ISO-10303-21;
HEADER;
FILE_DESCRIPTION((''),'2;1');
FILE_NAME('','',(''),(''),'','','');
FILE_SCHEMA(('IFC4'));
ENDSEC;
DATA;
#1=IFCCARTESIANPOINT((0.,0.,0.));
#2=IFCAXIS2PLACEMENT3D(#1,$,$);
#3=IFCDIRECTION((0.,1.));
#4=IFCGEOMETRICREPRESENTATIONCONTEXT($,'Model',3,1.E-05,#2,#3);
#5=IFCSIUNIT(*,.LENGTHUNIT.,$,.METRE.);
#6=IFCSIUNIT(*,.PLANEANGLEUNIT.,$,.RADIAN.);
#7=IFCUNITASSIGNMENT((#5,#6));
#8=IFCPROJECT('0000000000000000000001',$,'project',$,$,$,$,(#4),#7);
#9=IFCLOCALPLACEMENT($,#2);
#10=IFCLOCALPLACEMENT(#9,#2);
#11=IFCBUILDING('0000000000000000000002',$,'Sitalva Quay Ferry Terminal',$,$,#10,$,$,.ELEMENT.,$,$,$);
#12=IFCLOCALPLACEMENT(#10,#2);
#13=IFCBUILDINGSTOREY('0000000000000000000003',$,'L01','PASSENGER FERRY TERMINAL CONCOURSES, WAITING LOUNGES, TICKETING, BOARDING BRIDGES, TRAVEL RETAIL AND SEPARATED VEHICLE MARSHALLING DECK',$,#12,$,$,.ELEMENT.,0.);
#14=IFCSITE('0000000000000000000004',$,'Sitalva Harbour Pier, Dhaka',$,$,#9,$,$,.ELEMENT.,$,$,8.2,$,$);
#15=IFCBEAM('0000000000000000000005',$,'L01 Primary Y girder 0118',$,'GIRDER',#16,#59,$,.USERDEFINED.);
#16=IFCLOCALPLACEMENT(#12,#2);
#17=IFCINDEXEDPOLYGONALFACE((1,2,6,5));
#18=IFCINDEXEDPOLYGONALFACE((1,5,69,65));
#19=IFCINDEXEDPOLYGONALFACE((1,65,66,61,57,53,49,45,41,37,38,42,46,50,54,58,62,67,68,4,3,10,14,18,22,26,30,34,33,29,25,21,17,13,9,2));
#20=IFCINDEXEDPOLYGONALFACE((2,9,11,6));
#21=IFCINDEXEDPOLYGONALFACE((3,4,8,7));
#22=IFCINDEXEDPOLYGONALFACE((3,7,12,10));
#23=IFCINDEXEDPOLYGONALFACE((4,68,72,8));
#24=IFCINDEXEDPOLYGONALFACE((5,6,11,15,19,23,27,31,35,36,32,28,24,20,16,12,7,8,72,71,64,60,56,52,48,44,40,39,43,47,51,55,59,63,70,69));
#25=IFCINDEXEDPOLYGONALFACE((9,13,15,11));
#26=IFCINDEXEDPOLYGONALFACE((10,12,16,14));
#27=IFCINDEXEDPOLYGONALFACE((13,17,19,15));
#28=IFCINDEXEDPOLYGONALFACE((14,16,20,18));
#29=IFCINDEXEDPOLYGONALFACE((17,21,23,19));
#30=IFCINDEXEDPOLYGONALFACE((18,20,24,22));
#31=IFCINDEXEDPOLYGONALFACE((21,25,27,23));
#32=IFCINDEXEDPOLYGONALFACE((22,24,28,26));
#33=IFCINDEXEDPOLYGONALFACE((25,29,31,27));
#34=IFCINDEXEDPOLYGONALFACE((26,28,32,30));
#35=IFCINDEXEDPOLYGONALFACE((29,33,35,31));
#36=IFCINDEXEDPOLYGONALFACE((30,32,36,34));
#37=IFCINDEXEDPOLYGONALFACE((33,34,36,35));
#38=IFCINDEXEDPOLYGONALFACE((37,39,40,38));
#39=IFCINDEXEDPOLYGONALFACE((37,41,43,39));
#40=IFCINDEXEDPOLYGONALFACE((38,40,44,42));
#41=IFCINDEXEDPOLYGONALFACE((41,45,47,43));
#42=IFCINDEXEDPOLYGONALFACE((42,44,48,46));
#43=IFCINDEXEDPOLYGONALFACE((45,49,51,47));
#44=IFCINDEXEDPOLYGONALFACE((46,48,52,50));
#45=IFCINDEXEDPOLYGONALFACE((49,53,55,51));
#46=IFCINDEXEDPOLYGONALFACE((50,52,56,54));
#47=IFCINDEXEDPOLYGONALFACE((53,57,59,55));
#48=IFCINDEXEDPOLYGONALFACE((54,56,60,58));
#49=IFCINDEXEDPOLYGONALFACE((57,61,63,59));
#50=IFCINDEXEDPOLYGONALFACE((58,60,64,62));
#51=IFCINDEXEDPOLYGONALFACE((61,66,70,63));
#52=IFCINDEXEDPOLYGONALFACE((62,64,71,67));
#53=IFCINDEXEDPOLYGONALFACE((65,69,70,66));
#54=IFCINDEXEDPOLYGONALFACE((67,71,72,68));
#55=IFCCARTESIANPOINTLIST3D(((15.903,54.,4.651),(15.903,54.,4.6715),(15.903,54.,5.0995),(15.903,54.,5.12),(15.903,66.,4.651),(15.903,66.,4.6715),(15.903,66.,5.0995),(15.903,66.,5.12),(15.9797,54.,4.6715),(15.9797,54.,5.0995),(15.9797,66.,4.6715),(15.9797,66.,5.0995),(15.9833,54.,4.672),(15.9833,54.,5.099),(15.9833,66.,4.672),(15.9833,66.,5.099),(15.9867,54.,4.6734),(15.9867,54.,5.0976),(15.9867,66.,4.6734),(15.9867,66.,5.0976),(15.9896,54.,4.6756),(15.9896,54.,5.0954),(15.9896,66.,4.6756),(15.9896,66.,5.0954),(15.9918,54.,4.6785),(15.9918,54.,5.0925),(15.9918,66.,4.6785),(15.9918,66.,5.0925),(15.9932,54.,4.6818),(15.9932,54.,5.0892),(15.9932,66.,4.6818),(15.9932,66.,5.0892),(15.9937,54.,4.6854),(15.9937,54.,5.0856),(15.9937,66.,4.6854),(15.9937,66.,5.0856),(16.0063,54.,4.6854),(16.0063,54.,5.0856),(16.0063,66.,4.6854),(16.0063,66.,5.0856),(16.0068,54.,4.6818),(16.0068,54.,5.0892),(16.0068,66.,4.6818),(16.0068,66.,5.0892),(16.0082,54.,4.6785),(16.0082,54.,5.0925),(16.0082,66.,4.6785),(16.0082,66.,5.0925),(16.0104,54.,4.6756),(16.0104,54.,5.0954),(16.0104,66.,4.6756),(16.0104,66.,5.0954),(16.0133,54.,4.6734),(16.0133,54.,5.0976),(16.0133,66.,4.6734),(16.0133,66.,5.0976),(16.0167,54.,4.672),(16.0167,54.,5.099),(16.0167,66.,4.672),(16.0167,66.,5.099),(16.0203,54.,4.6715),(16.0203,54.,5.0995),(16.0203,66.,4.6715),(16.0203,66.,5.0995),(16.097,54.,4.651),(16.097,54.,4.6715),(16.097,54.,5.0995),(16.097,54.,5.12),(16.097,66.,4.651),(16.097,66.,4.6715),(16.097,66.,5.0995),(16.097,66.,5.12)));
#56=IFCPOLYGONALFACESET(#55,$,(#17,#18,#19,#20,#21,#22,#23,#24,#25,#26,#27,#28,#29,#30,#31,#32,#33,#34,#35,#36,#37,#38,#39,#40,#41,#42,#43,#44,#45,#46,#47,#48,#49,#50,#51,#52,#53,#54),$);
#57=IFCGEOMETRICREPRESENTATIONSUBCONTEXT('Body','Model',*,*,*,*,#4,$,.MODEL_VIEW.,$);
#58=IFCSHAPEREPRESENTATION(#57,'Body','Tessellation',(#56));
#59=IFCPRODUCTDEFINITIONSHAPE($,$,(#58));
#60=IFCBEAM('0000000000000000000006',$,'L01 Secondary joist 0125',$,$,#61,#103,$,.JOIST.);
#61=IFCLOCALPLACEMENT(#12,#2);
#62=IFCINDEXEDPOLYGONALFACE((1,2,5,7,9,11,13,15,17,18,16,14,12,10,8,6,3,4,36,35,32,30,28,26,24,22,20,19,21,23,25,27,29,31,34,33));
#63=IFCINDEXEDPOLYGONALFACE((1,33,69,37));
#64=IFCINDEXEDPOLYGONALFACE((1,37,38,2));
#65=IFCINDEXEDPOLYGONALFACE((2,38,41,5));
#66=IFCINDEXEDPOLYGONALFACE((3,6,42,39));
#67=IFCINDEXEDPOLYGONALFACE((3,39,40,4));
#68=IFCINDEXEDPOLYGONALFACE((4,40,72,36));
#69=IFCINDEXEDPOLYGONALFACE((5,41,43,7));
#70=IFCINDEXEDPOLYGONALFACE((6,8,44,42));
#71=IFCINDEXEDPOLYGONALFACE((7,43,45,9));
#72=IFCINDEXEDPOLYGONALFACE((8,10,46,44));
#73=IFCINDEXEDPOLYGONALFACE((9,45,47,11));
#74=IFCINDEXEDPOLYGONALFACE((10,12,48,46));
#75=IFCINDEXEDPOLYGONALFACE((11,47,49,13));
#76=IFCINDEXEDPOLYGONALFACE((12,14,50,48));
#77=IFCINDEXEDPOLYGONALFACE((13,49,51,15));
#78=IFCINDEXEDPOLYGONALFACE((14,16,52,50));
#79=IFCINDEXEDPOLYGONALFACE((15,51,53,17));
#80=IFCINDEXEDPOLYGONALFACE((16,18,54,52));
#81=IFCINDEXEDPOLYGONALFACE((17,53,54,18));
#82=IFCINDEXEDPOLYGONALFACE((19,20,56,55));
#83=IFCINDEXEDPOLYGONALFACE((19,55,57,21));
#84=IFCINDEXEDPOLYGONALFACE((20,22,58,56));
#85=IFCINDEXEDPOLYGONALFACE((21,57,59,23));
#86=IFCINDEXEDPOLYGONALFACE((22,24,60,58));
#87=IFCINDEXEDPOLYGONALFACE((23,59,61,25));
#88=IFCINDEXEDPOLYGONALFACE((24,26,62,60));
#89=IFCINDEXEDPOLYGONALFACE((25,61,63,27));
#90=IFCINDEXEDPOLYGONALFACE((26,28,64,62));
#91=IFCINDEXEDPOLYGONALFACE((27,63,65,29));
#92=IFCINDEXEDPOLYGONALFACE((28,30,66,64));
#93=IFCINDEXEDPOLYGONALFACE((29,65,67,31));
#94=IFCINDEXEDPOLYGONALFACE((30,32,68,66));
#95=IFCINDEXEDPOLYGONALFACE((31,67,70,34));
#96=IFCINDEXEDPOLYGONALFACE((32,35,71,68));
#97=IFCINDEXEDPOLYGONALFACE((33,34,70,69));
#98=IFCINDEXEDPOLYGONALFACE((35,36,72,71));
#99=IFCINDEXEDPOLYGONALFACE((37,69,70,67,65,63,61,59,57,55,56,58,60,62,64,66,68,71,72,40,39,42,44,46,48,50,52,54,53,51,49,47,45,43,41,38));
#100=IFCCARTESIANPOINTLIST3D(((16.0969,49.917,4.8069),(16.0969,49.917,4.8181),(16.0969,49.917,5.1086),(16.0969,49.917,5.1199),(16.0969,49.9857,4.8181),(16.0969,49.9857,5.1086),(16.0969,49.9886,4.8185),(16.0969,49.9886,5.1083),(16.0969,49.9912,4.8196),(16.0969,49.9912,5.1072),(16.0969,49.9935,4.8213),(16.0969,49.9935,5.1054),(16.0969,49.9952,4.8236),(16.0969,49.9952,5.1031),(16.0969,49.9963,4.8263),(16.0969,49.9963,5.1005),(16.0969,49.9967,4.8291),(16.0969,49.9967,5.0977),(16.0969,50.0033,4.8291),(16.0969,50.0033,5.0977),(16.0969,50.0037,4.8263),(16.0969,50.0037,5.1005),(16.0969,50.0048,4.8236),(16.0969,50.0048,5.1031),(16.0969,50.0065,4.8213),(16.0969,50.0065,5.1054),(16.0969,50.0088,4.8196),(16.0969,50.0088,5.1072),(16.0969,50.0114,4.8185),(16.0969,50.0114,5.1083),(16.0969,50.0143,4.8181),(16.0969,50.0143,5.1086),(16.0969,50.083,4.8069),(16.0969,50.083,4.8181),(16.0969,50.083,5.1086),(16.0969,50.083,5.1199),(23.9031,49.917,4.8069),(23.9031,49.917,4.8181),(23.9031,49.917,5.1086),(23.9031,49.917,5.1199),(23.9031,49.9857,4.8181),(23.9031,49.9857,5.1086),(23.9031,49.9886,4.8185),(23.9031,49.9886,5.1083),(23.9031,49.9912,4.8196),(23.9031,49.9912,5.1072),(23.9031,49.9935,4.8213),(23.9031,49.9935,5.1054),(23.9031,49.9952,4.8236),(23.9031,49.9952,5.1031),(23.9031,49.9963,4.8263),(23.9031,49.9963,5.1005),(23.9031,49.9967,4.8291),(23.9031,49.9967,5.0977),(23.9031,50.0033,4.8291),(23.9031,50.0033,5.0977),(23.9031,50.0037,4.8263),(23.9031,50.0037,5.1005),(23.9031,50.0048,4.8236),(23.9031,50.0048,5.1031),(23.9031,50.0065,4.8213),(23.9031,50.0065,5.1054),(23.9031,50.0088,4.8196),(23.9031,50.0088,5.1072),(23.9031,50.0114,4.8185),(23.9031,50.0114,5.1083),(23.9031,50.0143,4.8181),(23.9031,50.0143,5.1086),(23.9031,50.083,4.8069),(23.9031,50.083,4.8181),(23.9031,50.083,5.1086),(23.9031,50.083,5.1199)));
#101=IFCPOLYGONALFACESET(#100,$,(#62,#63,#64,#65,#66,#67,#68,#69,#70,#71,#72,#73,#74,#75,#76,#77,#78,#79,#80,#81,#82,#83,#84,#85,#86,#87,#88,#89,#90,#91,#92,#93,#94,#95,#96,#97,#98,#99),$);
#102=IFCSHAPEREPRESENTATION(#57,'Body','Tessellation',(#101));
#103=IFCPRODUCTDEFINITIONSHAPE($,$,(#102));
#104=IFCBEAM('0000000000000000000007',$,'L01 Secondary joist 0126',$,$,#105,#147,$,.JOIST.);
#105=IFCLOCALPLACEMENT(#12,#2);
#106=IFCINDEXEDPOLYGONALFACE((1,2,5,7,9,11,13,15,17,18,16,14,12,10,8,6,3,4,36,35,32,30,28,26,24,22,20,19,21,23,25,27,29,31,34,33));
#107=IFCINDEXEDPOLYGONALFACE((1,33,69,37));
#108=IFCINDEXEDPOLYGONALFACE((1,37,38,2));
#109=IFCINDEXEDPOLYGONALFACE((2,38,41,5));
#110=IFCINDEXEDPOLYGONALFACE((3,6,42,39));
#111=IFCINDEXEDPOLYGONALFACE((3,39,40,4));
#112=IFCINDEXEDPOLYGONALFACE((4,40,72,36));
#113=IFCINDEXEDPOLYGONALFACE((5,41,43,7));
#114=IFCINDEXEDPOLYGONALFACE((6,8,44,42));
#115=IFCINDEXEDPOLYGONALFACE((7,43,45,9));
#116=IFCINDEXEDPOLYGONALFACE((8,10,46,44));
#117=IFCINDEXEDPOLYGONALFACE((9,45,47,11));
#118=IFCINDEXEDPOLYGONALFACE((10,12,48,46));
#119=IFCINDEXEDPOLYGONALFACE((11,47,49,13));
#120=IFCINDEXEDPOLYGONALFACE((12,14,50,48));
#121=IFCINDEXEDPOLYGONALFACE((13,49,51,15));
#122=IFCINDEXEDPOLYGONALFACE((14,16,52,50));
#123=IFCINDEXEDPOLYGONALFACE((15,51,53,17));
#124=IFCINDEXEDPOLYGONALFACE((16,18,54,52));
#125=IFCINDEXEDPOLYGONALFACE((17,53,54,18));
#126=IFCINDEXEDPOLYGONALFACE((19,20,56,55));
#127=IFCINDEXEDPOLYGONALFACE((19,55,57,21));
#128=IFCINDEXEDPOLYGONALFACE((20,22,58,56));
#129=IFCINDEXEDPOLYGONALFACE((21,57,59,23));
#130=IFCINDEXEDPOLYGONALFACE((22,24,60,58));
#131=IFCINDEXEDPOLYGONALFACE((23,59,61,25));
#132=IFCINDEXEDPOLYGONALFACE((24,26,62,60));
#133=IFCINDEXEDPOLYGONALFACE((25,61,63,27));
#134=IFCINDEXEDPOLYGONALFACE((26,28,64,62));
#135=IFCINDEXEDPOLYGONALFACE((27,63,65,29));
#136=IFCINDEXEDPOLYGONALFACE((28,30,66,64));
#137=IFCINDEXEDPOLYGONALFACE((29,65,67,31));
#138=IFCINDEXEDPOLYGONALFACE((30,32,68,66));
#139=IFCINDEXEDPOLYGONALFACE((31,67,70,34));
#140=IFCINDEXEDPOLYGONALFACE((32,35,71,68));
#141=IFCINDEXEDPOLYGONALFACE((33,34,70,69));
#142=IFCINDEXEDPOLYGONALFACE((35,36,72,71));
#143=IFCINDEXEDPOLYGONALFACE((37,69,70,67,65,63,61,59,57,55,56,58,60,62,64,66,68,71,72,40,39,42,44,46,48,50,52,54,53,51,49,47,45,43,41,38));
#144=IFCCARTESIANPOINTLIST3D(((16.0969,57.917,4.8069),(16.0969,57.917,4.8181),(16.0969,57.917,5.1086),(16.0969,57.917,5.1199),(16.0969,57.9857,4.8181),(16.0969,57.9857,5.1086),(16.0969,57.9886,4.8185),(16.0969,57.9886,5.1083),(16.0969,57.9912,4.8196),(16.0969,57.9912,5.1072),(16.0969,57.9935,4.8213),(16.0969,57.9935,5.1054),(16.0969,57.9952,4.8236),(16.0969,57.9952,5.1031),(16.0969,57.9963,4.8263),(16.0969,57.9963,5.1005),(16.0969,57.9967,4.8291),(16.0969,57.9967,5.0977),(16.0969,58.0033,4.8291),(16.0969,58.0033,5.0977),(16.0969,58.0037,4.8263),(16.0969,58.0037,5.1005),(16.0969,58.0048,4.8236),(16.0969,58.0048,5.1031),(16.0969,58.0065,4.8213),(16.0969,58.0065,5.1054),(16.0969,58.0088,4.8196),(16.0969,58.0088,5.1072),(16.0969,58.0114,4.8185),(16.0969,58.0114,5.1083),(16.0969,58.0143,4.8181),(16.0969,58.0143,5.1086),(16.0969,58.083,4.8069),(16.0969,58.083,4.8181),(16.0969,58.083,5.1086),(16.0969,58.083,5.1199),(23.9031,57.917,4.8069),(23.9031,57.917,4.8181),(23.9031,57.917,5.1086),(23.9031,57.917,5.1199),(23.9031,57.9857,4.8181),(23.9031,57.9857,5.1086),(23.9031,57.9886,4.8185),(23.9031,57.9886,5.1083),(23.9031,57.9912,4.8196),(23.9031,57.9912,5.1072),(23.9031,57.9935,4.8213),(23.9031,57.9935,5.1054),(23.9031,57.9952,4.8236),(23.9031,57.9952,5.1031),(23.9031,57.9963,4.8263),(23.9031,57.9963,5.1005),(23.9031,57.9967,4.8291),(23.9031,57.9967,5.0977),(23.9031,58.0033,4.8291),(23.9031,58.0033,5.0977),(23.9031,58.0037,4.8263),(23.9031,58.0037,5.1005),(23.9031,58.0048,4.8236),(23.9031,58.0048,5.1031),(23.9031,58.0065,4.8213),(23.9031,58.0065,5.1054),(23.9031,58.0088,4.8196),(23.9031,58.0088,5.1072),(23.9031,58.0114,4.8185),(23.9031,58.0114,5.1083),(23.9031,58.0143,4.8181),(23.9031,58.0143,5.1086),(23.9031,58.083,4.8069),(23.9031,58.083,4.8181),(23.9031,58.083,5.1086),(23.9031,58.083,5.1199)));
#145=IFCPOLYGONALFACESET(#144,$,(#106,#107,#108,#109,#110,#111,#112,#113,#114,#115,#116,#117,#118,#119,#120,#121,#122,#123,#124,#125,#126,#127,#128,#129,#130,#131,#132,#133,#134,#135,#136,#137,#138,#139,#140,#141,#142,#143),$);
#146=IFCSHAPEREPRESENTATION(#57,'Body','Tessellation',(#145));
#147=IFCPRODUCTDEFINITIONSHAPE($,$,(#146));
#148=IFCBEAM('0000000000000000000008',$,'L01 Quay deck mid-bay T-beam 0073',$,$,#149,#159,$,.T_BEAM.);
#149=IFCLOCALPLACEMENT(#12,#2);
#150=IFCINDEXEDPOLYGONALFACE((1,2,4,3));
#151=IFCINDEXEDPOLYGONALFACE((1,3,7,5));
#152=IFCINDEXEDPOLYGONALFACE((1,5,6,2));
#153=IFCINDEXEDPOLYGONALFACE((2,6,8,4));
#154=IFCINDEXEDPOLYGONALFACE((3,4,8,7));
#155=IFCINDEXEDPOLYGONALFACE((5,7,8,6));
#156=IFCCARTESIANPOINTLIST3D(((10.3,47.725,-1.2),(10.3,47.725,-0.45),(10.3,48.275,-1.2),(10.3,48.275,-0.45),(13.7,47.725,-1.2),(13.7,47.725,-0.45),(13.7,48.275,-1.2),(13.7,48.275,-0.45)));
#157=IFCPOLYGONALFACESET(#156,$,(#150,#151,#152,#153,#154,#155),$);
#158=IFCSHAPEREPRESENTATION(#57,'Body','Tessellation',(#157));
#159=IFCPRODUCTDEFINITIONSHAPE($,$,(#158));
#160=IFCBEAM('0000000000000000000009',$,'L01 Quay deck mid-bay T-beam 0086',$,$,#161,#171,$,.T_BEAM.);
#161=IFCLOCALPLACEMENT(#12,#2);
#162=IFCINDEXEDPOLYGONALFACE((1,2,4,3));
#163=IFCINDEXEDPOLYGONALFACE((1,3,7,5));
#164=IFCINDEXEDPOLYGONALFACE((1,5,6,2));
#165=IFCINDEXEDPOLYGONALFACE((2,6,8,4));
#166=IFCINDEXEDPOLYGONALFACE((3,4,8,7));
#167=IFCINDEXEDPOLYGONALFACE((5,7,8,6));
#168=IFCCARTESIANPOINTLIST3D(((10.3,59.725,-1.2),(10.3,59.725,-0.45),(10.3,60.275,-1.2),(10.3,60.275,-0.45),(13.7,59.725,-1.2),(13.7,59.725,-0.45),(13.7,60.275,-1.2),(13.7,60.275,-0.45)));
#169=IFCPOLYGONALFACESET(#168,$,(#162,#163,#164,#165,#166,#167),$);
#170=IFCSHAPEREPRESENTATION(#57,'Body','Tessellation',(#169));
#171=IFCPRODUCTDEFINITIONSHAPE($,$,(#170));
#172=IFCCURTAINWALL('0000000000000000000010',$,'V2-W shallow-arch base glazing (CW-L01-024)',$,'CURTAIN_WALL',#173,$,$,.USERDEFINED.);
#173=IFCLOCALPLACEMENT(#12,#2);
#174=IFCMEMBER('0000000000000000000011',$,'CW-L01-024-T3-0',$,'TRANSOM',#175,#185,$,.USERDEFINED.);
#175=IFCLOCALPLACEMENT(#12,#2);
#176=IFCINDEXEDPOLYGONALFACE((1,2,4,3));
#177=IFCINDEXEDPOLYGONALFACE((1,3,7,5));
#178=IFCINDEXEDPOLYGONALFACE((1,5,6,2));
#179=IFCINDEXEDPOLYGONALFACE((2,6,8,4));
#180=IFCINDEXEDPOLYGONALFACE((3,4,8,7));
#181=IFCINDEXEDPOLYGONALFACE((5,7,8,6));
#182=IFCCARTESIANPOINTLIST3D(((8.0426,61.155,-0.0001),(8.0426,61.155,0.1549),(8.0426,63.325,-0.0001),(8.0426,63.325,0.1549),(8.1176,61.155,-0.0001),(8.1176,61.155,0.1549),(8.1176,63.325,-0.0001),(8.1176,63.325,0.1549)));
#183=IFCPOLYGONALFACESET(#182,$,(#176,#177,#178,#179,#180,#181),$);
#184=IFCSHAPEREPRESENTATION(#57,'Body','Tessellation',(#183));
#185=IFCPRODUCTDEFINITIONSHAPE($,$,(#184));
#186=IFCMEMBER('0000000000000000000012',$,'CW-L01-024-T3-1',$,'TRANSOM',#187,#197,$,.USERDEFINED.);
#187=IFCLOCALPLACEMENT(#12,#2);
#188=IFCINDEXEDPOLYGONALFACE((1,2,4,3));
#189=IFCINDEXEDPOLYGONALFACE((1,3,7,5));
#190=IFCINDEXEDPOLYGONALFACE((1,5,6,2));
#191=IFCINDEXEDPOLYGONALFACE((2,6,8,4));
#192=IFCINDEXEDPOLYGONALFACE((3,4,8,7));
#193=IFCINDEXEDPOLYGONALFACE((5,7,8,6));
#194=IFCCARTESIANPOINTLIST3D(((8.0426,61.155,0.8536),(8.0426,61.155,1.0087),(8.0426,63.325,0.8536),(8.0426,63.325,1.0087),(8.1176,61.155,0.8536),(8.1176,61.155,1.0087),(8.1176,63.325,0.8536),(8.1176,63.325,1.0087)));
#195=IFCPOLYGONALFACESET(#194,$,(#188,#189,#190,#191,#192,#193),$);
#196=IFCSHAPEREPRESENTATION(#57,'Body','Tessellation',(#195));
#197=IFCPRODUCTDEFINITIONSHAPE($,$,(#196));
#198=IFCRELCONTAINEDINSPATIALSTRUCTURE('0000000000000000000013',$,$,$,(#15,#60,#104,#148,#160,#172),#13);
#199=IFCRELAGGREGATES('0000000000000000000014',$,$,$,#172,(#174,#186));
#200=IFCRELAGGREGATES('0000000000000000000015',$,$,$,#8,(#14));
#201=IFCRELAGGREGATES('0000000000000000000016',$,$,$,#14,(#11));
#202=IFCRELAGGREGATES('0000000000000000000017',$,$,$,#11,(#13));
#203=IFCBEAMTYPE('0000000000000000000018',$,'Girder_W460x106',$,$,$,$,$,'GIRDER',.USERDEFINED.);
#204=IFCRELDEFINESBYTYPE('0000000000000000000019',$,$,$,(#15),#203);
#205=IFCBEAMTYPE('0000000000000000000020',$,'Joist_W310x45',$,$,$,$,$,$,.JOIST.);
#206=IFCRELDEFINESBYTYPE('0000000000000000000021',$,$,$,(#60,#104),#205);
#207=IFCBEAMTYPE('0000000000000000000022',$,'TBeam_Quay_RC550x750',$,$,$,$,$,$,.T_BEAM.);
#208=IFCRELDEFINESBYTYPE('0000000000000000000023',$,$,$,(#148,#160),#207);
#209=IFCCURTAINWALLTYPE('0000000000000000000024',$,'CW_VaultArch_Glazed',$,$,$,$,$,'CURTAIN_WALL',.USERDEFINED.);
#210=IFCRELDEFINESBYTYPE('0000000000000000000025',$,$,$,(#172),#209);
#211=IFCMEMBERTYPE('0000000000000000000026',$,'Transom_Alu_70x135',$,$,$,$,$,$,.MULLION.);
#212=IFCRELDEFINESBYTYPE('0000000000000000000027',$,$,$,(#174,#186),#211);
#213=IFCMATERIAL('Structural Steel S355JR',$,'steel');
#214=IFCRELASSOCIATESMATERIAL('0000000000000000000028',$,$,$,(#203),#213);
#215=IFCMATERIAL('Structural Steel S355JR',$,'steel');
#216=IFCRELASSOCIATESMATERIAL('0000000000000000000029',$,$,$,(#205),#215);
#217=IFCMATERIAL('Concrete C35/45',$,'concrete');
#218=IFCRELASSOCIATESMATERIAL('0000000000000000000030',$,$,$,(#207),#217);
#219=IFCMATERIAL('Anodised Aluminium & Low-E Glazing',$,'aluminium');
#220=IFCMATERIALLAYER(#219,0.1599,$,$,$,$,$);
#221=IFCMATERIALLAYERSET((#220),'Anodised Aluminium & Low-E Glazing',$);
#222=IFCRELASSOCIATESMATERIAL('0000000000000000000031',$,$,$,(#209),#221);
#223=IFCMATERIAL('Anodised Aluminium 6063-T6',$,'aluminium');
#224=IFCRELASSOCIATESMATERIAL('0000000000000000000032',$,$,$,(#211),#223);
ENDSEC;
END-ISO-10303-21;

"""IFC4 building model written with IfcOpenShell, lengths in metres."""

from ifc_helpers import new_model, si_unit, direction, frame, origin, origin_2d, place, context, subcontext, project, spatial, rectangle, i_section, extrude, material, layer, layer_set, material_profile, profile_set, type_object, element, aggregate, save


model = new_model("IFC4")

# Units and contexts
model_context = context("Model", 3, precision=1e-05, world=origin(), true_north=direction((0.0, 1.0)))
body_context = subcontext(model_context, "Body", "Model", "MODEL_VIEW")
ifc_project = project(units=[si_unit("LENGTHUNIT", "METRE"), si_unit("PLANEANGLEUNIT", "RADIAN")], contexts=[model_context])

# Site, building, storey
site_placement = place(None, origin())
site = spatial("IfcSite", under=ifc_project, at=site_placement, Name="Sitalva Harbour Pier, Dhaka", CompositionType="ELEMENT", RefElevation=8.2)
building_placement = place(site_placement, origin())
building = spatial("IfcBuilding", under=site, at=building_placement, Name="Sitalva Quay Ferry Terminal", CompositionType="ELEMENT")
storey_placement = place(building_placement, origin())
storey = spatial("IfcBuildingStorey", under=building, at=storey_placement, Name="L01", Description="PASSENGER FERRY TERMINAL CONCOURSES, WAITING LOUNGES, TICKETING, BOARDING BRIDGES, TRAVEL RETAIL AND SEPARATED VEHICLE MARSHALLING DECK", CompositionType="ELEMENT", Elevation=0.0)

# Beams
ifc_material_1 = material(Name="Structural Steel S355JR", Category="steel")
ifc_material_profile_1 = material_profile(ifc_material_1, i_section(OverallWidth=0.1941, OverallDepth=0.469, WebThickness=0.0127, FlangeThickness=0.0205, FilletRadius=0.0139, at=origin_2d()), Name="W460x106")
ifc_profile_set_1 = profile_set([ifc_material_profile_1], Name="Structural Steel S355JR")
beam_type_1 = type_object("IfcBeamType", Name="Girder_W460x106", ElementType="GIRDER", PredefinedType="USERDEFINED", material=ifc_profile_set_1)
beam_1_placement = place(storey_placement, frame((16.0, 54.0, 4.8855), z_axis=(0.0, 1.0, 0.0), x_axis=(-1.0, 0.0, 0.0)))
element("IfcBeam", 1, at=beam_1_placement, inside=storey, type_object=beam_type_1, Name="L01 Primary Y girder 0118", ObjectType="GIRDER", PredefinedType="USERDEFINED", context=body_context, shape_type="SweptSolid", body=[
    extrude(i_section(OverallWidth=0.1941, OverallDepth=0.469, WebThickness=0.0127, FlangeThickness=0.0205, FilletRadius=0.0139, at=origin_2d()), origin(), (0.0, 0.0, 1.0), 12.0),
])
ifc_material_2 = material(Name="Structural Steel S355JR", Category="steel")
ifc_material_profile_2 = material_profile(ifc_material_2, i_section(OverallWidth=0.166, OverallDepth=0.313, WebThickness=0.0066, FlangeThickness=0.0112, FilletRadius=0.011, at=origin_2d()), Name="W310x45")
ifc_profile_set_2 = profile_set([ifc_material_profile_2], Name="Structural Steel S355JR")
beam_type_2 = type_object("IfcBeamType", Name="Joist_W310x45", PredefinedType="JOIST", material=ifc_profile_set_2)
for number, where, z_axis, x_axis, name in (
    (2, (16.0969, 50.0, 4.9634), (1.0, 0.0, 0.0), (0.0, 1.0, 0.0), "L01 Secondary joist 0125"),
    (3, (16.0969, 58.0, 4.9634), (1.0, 0.0, 0.0), (0.0, 1.0, 0.0), "L01 Secondary joist 0126"),
):
    element("IfcBeam", number, at=place(storey_placement, frame(where, z_axis=z_axis, x_axis=x_axis)), inside=storey, type_object=beam_type_2, Name=name, PredefinedType="JOIST", context=body_context, shape_type="SweptSolid", body=[
        extrude(i_section(OverallWidth=0.166, OverallDepth=0.313, WebThickness=0.0066, FlangeThickness=0.0112, FilletRadius=0.011, at=origin_2d()), origin(), (0.0, 0.0, 1.0), 7.8062),
    ])
ifc_material_3 = material(Name="Concrete C35/45", Category="concrete")
ifc_material_profile_3 = material_profile(ifc_material_3, rectangle(XDim=0.55, YDim=0.75, at=origin_2d()), Name="RC550x750")
ifc_profile_set_3 = profile_set([ifc_material_profile_3], Name="Concrete C35/45")
beam_type_3 = type_object("IfcBeamType", Name="TBeam_Quay_RC550x750", PredefinedType="T_BEAM", material=ifc_profile_set_3)
for number, where, z_axis, x_axis, name in (
    (4, (10.3, 48.0, -0.825), (1.0, 0.0, 0.0), (0.0, 1.0, 0.0), "L01 Quay deck mid-bay T-beam 0073"),
    (5, (10.3, 60.0, -0.825), (1.0, 0.0, 0.0), (0.0, 1.0, 0.0), "L01 Quay deck mid-bay T-beam 0086"),
):
    element("IfcBeam", number, at=place(storey_placement, frame(where, z_axis=z_axis, x_axis=x_axis)), inside=storey, type_object=beam_type_3, Name=name, PredefinedType="T_BEAM", context=body_context, shape_type="SweptSolid", body=[
        extrude(rectangle(XDim=0.55, YDim=0.75, at=origin_2d()), origin(), (0.0, 0.0, 1.0), 3.3999),
    ])

# Curtain wall, members
ifc_material_4 = material(Name="Anodised Aluminium & Low-E Glazing", Category="aluminium")
ifc_layer_1 = layer(ifc_material_4, 0.1599)
ifc_layer_set_1 = layer_set([ifc_layer_1], Name="Anodised Aluminium & Low-E Glazing")
curtain_wall_type = type_object("IfcCurtainWallType", Name="CW_VaultArch_Glazed", ElementType="CURTAIN_WALL", PredefinedType="USERDEFINED", material=ifc_layer_set_1)
curtain_wall_placement = place(storey_placement, origin())
curtain_wall = element("IfcCurtainWall", 6, at=curtain_wall_placement, inside=storey, type_object=curtain_wall_type, Name="V2-W shallow-arch base glazing (CW-L01-024)", ObjectType="CURTAIN_WALL", PredefinedType="USERDEFINED")
ifc_material_5 = material(Name="Anodised Aluminium 6063-T6", Category="aluminium")
ifc_material_profile_4 = material_profile(ifc_material_5, rectangle(XDim=0.075, YDim=0.155, at=origin_2d()), Name="ALU75x155")
ifc_profile_set_4 = profile_set([ifc_material_profile_4], Name="Anodised Aluminium 6063-T6")
member_type = type_object("IfcMemberType", Name="Transom_Alu_70x135", PredefinedType="MULLION", material=ifc_profile_set_4)
member_1_placement = place(storey_placement, frame((8.0801, 61.155, 0.0774), z_axis=(0.0, 1.0, 0.0), x_axis=(-1.0, 0.0, 0.0)))
member_1 = element("IfcMember", 7, at=member_1_placement, type_object=member_type, Name="CW-L01-024-T3-0", ObjectType="TRANSOM", PredefinedType="USERDEFINED", context=body_context, shape_type="SweptSolid", body=[
    extrude(rectangle(XDim=0.075, YDim=0.155, at=origin_2d()), origin(), (0.0, 0.0, 1.0), 2.1699),
])
member_2_placement = place(storey_placement, frame((8.0801, 61.155, 0.9312), z_axis=(0.0, 1.0, 0.0), x_axis=(-1.0, 0.0, 0.0)))
member_2 = element("IfcMember", 8, at=member_2_placement, type_object=member_type, Name="CW-L01-024-T3-1", ObjectType="TRANSOM", PredefinedType="USERDEFINED", context=body_context, shape_type="SweptSolid", body=[
    extrude(rectangle(XDim=0.075, YDim=0.155, at=origin_2d()), origin(), (0.0, 0.0, 1.0), 2.1699),
])
aggregate(curtain_wall, [member_1, member_2])

save(model, "model.ifc")
